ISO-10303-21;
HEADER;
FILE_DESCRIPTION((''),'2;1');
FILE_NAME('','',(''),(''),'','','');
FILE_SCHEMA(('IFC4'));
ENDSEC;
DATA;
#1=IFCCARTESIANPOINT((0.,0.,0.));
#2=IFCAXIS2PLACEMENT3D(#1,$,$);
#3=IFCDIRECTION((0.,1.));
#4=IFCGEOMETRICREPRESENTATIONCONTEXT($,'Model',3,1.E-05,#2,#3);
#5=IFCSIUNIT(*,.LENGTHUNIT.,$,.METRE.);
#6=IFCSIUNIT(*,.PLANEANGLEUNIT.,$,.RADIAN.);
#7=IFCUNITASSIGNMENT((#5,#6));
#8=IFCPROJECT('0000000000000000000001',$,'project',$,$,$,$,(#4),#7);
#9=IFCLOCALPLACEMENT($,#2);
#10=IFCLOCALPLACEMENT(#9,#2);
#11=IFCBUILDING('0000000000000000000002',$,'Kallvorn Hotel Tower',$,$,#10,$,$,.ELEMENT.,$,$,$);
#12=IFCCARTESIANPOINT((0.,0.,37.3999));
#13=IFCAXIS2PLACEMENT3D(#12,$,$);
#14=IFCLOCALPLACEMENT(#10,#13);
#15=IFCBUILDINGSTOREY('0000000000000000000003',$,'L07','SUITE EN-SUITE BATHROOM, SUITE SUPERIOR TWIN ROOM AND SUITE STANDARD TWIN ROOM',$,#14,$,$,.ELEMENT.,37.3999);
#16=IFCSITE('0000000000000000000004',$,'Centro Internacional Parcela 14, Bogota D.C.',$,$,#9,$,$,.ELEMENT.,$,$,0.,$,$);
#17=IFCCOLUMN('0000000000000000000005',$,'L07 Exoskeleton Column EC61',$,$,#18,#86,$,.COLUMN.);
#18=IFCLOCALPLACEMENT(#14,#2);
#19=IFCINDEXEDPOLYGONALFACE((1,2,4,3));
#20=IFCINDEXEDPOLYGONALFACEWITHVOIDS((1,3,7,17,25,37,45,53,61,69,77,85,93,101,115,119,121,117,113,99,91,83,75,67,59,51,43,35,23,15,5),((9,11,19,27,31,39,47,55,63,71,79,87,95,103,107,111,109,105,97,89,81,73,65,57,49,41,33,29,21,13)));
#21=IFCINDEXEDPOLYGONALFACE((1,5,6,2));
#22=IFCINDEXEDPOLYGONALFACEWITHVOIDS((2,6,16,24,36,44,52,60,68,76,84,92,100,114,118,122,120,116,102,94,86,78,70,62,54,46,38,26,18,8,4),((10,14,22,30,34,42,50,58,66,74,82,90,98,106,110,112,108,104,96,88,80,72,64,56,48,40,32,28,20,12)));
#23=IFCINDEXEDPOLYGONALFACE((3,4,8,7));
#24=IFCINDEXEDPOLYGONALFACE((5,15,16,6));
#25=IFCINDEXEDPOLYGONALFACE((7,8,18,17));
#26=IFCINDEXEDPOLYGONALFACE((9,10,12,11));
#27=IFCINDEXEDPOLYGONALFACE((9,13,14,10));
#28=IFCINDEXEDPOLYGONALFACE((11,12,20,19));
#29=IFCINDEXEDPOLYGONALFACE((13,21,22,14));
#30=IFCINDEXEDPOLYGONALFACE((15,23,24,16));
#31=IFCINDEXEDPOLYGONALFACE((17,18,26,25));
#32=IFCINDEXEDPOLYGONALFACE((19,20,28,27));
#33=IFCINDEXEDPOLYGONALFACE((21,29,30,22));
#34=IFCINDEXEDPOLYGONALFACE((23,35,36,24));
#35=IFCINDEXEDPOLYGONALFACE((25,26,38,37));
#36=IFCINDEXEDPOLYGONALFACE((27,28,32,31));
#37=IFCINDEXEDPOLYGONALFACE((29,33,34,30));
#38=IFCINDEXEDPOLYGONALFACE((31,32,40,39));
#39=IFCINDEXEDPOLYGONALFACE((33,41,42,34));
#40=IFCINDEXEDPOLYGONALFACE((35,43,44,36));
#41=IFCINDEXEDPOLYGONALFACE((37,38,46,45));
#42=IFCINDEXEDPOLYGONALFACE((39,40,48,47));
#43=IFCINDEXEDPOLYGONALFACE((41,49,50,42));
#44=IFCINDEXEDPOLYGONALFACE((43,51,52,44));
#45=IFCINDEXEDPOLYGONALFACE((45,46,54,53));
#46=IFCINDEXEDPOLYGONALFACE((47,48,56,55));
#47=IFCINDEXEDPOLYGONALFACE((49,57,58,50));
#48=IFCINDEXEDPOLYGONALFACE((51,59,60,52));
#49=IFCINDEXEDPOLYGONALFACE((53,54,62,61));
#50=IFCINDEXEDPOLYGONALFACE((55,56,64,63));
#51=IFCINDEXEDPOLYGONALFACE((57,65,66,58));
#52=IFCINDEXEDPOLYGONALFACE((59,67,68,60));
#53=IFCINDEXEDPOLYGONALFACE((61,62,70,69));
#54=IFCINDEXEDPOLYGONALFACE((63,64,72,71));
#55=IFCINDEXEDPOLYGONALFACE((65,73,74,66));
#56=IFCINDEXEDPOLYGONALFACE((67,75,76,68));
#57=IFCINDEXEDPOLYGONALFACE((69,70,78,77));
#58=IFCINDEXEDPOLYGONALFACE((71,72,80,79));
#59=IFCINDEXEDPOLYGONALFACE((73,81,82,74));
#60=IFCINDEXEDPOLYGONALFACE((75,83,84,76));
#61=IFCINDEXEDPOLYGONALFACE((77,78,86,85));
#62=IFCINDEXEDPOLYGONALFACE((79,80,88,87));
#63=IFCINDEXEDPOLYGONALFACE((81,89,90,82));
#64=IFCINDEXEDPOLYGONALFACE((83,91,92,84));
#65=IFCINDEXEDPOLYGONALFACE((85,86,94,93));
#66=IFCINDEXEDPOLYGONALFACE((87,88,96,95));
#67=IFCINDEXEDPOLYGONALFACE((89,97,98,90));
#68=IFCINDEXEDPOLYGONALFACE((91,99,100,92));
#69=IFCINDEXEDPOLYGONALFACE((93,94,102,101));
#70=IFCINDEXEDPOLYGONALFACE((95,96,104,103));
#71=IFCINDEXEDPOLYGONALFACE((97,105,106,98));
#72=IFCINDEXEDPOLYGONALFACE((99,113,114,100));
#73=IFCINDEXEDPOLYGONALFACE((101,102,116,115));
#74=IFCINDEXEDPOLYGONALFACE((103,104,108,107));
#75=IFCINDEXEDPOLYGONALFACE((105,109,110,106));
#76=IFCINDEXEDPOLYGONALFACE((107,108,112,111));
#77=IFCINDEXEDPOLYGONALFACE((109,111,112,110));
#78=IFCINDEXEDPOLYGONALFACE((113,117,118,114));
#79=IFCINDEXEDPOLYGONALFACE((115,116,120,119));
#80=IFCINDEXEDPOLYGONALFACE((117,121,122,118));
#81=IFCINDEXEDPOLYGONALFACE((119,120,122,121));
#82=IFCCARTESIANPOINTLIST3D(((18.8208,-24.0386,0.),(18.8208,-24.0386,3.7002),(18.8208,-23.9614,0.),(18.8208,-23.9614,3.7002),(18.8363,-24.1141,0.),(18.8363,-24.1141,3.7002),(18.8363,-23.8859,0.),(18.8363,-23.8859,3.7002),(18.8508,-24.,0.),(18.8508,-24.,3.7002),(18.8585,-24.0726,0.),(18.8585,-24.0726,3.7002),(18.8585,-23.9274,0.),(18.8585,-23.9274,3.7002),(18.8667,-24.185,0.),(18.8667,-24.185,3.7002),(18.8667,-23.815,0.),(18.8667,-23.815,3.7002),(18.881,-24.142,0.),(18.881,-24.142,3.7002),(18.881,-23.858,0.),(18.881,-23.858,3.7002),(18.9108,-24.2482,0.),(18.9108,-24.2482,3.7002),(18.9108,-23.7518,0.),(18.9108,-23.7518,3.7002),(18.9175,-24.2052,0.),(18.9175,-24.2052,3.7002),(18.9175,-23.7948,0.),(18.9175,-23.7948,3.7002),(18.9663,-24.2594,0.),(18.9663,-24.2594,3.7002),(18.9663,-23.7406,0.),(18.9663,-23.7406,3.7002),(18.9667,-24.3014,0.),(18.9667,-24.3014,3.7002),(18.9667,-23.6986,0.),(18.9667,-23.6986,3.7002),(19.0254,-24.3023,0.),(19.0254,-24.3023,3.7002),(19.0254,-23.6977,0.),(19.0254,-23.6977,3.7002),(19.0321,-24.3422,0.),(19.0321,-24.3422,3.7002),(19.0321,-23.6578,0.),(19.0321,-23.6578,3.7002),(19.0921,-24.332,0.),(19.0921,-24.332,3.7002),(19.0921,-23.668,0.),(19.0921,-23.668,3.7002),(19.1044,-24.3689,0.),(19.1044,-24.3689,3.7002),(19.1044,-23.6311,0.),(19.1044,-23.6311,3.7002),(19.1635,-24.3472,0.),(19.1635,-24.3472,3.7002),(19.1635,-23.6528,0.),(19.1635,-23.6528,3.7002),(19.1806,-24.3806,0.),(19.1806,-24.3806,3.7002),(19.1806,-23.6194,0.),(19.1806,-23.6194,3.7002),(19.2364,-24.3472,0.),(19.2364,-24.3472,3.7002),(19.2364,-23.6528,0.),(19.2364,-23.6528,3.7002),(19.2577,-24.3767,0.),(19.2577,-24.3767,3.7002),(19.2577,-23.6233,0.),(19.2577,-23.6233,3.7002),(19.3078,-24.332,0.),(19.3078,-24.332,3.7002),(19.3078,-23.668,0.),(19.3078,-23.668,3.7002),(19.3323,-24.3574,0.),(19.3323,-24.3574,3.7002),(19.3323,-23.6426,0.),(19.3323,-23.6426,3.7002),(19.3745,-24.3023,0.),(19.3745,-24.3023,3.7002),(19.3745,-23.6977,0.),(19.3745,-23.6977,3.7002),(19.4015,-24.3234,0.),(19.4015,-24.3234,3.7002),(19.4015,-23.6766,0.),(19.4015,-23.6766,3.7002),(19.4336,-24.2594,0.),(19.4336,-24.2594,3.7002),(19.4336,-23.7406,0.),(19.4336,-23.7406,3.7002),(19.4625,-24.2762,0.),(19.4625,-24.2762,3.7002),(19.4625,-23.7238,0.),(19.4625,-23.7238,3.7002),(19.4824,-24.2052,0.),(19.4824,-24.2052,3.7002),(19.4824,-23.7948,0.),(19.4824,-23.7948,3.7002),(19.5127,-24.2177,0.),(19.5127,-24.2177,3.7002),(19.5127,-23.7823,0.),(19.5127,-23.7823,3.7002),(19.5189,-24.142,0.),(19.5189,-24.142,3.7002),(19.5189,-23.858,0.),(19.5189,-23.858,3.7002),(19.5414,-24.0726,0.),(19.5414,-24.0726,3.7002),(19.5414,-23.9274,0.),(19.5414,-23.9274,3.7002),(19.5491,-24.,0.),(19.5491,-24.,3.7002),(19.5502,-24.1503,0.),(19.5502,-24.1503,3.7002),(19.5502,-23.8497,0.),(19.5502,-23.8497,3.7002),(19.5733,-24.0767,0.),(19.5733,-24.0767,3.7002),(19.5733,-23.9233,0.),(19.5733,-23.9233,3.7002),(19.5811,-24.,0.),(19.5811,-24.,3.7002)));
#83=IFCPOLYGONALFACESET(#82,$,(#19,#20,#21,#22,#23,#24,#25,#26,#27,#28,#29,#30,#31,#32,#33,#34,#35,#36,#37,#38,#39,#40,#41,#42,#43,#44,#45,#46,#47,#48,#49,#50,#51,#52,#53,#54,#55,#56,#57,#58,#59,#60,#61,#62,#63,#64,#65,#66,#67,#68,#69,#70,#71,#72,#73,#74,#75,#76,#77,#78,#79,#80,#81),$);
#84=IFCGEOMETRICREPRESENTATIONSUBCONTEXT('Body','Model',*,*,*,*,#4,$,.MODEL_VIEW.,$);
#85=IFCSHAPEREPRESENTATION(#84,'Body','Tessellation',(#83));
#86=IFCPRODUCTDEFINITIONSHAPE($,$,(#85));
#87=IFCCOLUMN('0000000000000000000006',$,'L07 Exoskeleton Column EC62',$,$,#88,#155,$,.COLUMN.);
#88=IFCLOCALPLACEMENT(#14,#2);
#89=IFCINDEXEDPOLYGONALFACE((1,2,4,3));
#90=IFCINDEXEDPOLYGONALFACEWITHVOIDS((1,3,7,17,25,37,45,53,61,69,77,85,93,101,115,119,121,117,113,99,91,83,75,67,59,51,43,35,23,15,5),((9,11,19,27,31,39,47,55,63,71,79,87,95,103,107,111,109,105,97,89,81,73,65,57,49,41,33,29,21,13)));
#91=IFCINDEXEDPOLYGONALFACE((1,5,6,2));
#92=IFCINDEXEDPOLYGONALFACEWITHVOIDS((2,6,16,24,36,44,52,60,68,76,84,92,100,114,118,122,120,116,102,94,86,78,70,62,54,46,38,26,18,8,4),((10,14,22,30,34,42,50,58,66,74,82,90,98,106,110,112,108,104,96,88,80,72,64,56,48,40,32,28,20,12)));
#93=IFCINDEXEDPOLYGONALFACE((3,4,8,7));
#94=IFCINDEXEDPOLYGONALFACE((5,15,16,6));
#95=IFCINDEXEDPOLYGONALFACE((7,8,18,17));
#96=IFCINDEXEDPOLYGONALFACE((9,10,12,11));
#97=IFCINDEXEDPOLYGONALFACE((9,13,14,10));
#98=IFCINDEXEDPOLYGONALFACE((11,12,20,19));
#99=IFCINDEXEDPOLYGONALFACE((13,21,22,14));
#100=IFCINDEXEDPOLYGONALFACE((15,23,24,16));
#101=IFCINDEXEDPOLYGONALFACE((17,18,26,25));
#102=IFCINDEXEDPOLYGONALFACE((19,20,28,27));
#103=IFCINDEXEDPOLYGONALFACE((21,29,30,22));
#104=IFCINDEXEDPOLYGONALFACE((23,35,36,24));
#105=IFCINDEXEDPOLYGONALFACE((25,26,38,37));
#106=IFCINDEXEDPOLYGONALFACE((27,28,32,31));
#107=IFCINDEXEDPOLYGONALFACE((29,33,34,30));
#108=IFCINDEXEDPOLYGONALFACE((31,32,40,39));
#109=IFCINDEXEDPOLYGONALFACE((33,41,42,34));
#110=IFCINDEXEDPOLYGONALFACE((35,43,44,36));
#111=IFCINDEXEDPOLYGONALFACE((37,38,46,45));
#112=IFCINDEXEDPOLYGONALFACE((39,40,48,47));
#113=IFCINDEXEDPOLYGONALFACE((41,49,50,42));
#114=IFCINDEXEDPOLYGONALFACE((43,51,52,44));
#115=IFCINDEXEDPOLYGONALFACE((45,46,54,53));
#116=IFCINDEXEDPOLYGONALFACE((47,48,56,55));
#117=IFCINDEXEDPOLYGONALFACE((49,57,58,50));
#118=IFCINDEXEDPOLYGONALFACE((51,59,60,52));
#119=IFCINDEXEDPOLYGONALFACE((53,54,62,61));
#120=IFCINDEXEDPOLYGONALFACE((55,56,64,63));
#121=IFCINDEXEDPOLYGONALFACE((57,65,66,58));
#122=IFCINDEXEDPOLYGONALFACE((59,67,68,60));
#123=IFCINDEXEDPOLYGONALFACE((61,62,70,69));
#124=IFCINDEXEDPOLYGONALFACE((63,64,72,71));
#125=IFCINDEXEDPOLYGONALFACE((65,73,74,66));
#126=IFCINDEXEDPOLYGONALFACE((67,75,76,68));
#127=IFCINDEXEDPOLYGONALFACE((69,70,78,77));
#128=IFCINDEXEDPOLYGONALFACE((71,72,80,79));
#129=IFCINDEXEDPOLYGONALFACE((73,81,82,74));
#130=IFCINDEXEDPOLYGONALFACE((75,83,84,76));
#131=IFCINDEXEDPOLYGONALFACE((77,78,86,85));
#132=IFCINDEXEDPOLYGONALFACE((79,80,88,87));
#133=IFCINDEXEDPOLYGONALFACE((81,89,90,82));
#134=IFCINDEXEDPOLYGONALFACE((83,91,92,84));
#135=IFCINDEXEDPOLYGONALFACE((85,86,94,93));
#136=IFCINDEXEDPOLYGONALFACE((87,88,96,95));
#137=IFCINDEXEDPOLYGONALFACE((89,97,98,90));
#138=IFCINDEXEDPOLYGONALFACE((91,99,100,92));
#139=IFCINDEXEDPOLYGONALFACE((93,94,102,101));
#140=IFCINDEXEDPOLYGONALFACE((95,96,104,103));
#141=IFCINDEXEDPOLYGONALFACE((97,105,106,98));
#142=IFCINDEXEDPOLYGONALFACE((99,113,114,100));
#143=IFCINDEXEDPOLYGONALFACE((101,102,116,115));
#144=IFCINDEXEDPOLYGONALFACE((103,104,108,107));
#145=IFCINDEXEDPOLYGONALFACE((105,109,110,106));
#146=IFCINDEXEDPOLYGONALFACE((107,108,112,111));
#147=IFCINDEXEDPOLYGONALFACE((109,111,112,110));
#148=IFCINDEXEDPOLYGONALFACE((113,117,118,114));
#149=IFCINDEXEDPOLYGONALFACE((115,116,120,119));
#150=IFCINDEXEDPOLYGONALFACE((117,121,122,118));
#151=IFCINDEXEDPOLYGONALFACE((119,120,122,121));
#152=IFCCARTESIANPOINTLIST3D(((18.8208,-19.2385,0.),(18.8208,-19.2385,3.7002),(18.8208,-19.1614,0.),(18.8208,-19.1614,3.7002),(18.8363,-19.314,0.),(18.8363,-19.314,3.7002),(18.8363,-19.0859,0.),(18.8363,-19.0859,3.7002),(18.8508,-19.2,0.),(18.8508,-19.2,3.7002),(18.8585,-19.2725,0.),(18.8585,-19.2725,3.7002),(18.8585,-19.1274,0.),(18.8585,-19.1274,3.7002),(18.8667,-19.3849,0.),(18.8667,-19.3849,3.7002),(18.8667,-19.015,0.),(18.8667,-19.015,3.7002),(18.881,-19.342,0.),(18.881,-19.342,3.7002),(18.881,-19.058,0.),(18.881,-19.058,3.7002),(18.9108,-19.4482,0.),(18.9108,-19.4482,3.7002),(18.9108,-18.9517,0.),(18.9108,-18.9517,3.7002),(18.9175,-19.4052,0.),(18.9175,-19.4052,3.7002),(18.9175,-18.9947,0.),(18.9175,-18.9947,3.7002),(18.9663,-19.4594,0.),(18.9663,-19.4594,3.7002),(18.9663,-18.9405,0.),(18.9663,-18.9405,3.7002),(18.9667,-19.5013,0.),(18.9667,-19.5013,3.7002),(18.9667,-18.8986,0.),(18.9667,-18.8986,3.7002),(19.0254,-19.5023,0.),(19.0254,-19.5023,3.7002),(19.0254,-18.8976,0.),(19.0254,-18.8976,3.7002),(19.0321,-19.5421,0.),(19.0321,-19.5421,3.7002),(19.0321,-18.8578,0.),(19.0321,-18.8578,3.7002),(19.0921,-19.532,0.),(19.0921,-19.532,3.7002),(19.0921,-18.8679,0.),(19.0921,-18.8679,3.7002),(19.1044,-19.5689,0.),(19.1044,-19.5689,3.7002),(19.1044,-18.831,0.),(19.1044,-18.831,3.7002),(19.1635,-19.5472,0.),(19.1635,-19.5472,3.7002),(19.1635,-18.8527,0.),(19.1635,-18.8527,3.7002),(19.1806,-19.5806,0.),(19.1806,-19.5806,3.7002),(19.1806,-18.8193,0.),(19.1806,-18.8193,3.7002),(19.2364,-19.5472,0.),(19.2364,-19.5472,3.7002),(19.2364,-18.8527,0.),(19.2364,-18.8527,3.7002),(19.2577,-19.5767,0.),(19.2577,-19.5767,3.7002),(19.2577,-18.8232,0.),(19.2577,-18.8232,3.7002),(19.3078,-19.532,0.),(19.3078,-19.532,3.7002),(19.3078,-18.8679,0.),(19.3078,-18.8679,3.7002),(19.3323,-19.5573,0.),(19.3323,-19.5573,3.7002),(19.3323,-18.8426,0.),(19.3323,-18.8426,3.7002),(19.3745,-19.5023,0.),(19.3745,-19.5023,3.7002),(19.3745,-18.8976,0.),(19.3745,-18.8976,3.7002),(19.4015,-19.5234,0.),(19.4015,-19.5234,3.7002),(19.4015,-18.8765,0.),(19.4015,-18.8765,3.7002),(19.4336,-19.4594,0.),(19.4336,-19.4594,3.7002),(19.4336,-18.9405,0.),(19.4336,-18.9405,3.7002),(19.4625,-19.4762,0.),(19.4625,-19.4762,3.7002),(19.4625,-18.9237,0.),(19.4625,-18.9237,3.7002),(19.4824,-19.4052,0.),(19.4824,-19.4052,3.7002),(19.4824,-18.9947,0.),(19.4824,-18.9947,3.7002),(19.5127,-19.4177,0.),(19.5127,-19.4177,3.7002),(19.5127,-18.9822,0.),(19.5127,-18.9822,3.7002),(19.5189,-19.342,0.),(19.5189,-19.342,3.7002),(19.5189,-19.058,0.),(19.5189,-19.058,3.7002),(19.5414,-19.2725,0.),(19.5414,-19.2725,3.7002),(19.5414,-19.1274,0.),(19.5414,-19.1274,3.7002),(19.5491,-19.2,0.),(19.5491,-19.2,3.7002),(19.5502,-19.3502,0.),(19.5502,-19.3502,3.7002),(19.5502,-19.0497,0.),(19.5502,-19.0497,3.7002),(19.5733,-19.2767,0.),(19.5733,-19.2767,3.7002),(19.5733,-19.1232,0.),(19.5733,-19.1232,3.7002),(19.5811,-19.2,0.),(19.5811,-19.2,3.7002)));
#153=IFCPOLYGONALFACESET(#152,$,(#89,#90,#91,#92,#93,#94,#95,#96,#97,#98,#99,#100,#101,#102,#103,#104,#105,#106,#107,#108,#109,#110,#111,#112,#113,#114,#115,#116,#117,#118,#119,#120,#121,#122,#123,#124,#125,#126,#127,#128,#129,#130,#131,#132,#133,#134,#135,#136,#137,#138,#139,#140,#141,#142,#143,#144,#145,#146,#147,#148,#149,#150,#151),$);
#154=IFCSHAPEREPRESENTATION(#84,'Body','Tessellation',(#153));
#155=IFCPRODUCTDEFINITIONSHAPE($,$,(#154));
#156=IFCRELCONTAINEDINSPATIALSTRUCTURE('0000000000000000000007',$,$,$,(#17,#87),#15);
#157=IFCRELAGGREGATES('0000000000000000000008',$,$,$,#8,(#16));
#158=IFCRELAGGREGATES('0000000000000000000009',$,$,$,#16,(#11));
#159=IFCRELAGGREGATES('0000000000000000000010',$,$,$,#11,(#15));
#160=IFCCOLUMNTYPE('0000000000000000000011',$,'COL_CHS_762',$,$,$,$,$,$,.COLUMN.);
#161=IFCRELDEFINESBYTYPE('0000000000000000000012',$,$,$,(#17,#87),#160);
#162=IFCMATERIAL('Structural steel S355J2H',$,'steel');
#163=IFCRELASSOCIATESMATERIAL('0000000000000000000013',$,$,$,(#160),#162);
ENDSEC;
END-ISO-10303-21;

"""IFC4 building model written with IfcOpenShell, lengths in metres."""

from ifc_helpers import new_model, si_unit, direction, frame, origin, origin_2d, place, context, subcontext, project, spatial, hollow_circle, extrude, material, material_profile, profile_set, type_object, element, save


model = new_model("IFC4")

# Units and contexts
model_context = context("Model", 3, precision=1e-05, world=origin(), true_north=direction((0.0, 1.0)))
body_context = subcontext(model_context, "Body", "Model", "MODEL_VIEW")
ifc_project = project(units=[si_unit("LENGTHUNIT", "METRE"), si_unit("PLANEANGLEUNIT", "RADIAN")], contexts=[model_context])

# Site, building, storey
site_placement = place(None, origin())
site = spatial("IfcSite", under=ifc_project, at=site_placement, Name="Centro Internacional Parcela 14, Bogota D.C.", CompositionType="ELEMENT", RefElevation=0.0)
building_placement = place(site_placement, origin())
building = spatial("IfcBuilding", under=site, at=building_placement, Name="Kallvorn Hotel Tower", CompositionType="ELEMENT")
storey_placement = place(building_placement, frame((0.0, 0.0, 37.3999)))
storey = spatial("IfcBuildingStorey", under=building, at=storey_placement, Name="L07", Description="SUITE EN-SUITE BATHROOM, SUITE SUPERIOR TWIN ROOM AND SUITE STANDARD TWIN ROOM", CompositionType="ELEMENT", Elevation=37.3999)

# Columns
ifc_material_1 = material(Name="Structural steel S355J2H", Category="steel")
ifc_material_profile_1 = material_profile(ifc_material_1, hollow_circle(Radius=0.3811, WallThickness=0.032, at=origin_2d()), Name="CHS 762x32")
ifc_profile_set_1 = profile_set([ifc_material_profile_1], Name="Structural steel S355J2H")
column_type_1 = type_object("IfcColumnType", Name="COL_CHS_762", PredefinedType="COLUMN", material=ifc_profile_set_1)
for number, where, z_axis, x_axis, name in (
    (1, (19.2, -24.0, 0.0), (0.0, 0.0, 1.0), (1.0, 0.0, 0.0), "L07 Exoskeleton Column EC61"),
    (2, (19.2, -19.2, 0.0), (0.0, 0.0, 1.0), (1.0, 0.0, 0.0), "L07 Exoskeleton Column EC62"),
):
    element("IfcColumn", number, at=place(storey_placement, frame(where, z_axis=z_axis, x_axis=x_axis)), inside=storey, type_object=column_type_1, Name=name, PredefinedType="COLUMN", context=body_context, shape_type="SweptSolid", body=[
        extrude(hollow_circle(Radius=0.3811, WallThickness=0.032, at=origin_2d()), origin(), (0.0, 0.0, 1.0), 3.7002),
    ])

save(model, "model.ifc")
